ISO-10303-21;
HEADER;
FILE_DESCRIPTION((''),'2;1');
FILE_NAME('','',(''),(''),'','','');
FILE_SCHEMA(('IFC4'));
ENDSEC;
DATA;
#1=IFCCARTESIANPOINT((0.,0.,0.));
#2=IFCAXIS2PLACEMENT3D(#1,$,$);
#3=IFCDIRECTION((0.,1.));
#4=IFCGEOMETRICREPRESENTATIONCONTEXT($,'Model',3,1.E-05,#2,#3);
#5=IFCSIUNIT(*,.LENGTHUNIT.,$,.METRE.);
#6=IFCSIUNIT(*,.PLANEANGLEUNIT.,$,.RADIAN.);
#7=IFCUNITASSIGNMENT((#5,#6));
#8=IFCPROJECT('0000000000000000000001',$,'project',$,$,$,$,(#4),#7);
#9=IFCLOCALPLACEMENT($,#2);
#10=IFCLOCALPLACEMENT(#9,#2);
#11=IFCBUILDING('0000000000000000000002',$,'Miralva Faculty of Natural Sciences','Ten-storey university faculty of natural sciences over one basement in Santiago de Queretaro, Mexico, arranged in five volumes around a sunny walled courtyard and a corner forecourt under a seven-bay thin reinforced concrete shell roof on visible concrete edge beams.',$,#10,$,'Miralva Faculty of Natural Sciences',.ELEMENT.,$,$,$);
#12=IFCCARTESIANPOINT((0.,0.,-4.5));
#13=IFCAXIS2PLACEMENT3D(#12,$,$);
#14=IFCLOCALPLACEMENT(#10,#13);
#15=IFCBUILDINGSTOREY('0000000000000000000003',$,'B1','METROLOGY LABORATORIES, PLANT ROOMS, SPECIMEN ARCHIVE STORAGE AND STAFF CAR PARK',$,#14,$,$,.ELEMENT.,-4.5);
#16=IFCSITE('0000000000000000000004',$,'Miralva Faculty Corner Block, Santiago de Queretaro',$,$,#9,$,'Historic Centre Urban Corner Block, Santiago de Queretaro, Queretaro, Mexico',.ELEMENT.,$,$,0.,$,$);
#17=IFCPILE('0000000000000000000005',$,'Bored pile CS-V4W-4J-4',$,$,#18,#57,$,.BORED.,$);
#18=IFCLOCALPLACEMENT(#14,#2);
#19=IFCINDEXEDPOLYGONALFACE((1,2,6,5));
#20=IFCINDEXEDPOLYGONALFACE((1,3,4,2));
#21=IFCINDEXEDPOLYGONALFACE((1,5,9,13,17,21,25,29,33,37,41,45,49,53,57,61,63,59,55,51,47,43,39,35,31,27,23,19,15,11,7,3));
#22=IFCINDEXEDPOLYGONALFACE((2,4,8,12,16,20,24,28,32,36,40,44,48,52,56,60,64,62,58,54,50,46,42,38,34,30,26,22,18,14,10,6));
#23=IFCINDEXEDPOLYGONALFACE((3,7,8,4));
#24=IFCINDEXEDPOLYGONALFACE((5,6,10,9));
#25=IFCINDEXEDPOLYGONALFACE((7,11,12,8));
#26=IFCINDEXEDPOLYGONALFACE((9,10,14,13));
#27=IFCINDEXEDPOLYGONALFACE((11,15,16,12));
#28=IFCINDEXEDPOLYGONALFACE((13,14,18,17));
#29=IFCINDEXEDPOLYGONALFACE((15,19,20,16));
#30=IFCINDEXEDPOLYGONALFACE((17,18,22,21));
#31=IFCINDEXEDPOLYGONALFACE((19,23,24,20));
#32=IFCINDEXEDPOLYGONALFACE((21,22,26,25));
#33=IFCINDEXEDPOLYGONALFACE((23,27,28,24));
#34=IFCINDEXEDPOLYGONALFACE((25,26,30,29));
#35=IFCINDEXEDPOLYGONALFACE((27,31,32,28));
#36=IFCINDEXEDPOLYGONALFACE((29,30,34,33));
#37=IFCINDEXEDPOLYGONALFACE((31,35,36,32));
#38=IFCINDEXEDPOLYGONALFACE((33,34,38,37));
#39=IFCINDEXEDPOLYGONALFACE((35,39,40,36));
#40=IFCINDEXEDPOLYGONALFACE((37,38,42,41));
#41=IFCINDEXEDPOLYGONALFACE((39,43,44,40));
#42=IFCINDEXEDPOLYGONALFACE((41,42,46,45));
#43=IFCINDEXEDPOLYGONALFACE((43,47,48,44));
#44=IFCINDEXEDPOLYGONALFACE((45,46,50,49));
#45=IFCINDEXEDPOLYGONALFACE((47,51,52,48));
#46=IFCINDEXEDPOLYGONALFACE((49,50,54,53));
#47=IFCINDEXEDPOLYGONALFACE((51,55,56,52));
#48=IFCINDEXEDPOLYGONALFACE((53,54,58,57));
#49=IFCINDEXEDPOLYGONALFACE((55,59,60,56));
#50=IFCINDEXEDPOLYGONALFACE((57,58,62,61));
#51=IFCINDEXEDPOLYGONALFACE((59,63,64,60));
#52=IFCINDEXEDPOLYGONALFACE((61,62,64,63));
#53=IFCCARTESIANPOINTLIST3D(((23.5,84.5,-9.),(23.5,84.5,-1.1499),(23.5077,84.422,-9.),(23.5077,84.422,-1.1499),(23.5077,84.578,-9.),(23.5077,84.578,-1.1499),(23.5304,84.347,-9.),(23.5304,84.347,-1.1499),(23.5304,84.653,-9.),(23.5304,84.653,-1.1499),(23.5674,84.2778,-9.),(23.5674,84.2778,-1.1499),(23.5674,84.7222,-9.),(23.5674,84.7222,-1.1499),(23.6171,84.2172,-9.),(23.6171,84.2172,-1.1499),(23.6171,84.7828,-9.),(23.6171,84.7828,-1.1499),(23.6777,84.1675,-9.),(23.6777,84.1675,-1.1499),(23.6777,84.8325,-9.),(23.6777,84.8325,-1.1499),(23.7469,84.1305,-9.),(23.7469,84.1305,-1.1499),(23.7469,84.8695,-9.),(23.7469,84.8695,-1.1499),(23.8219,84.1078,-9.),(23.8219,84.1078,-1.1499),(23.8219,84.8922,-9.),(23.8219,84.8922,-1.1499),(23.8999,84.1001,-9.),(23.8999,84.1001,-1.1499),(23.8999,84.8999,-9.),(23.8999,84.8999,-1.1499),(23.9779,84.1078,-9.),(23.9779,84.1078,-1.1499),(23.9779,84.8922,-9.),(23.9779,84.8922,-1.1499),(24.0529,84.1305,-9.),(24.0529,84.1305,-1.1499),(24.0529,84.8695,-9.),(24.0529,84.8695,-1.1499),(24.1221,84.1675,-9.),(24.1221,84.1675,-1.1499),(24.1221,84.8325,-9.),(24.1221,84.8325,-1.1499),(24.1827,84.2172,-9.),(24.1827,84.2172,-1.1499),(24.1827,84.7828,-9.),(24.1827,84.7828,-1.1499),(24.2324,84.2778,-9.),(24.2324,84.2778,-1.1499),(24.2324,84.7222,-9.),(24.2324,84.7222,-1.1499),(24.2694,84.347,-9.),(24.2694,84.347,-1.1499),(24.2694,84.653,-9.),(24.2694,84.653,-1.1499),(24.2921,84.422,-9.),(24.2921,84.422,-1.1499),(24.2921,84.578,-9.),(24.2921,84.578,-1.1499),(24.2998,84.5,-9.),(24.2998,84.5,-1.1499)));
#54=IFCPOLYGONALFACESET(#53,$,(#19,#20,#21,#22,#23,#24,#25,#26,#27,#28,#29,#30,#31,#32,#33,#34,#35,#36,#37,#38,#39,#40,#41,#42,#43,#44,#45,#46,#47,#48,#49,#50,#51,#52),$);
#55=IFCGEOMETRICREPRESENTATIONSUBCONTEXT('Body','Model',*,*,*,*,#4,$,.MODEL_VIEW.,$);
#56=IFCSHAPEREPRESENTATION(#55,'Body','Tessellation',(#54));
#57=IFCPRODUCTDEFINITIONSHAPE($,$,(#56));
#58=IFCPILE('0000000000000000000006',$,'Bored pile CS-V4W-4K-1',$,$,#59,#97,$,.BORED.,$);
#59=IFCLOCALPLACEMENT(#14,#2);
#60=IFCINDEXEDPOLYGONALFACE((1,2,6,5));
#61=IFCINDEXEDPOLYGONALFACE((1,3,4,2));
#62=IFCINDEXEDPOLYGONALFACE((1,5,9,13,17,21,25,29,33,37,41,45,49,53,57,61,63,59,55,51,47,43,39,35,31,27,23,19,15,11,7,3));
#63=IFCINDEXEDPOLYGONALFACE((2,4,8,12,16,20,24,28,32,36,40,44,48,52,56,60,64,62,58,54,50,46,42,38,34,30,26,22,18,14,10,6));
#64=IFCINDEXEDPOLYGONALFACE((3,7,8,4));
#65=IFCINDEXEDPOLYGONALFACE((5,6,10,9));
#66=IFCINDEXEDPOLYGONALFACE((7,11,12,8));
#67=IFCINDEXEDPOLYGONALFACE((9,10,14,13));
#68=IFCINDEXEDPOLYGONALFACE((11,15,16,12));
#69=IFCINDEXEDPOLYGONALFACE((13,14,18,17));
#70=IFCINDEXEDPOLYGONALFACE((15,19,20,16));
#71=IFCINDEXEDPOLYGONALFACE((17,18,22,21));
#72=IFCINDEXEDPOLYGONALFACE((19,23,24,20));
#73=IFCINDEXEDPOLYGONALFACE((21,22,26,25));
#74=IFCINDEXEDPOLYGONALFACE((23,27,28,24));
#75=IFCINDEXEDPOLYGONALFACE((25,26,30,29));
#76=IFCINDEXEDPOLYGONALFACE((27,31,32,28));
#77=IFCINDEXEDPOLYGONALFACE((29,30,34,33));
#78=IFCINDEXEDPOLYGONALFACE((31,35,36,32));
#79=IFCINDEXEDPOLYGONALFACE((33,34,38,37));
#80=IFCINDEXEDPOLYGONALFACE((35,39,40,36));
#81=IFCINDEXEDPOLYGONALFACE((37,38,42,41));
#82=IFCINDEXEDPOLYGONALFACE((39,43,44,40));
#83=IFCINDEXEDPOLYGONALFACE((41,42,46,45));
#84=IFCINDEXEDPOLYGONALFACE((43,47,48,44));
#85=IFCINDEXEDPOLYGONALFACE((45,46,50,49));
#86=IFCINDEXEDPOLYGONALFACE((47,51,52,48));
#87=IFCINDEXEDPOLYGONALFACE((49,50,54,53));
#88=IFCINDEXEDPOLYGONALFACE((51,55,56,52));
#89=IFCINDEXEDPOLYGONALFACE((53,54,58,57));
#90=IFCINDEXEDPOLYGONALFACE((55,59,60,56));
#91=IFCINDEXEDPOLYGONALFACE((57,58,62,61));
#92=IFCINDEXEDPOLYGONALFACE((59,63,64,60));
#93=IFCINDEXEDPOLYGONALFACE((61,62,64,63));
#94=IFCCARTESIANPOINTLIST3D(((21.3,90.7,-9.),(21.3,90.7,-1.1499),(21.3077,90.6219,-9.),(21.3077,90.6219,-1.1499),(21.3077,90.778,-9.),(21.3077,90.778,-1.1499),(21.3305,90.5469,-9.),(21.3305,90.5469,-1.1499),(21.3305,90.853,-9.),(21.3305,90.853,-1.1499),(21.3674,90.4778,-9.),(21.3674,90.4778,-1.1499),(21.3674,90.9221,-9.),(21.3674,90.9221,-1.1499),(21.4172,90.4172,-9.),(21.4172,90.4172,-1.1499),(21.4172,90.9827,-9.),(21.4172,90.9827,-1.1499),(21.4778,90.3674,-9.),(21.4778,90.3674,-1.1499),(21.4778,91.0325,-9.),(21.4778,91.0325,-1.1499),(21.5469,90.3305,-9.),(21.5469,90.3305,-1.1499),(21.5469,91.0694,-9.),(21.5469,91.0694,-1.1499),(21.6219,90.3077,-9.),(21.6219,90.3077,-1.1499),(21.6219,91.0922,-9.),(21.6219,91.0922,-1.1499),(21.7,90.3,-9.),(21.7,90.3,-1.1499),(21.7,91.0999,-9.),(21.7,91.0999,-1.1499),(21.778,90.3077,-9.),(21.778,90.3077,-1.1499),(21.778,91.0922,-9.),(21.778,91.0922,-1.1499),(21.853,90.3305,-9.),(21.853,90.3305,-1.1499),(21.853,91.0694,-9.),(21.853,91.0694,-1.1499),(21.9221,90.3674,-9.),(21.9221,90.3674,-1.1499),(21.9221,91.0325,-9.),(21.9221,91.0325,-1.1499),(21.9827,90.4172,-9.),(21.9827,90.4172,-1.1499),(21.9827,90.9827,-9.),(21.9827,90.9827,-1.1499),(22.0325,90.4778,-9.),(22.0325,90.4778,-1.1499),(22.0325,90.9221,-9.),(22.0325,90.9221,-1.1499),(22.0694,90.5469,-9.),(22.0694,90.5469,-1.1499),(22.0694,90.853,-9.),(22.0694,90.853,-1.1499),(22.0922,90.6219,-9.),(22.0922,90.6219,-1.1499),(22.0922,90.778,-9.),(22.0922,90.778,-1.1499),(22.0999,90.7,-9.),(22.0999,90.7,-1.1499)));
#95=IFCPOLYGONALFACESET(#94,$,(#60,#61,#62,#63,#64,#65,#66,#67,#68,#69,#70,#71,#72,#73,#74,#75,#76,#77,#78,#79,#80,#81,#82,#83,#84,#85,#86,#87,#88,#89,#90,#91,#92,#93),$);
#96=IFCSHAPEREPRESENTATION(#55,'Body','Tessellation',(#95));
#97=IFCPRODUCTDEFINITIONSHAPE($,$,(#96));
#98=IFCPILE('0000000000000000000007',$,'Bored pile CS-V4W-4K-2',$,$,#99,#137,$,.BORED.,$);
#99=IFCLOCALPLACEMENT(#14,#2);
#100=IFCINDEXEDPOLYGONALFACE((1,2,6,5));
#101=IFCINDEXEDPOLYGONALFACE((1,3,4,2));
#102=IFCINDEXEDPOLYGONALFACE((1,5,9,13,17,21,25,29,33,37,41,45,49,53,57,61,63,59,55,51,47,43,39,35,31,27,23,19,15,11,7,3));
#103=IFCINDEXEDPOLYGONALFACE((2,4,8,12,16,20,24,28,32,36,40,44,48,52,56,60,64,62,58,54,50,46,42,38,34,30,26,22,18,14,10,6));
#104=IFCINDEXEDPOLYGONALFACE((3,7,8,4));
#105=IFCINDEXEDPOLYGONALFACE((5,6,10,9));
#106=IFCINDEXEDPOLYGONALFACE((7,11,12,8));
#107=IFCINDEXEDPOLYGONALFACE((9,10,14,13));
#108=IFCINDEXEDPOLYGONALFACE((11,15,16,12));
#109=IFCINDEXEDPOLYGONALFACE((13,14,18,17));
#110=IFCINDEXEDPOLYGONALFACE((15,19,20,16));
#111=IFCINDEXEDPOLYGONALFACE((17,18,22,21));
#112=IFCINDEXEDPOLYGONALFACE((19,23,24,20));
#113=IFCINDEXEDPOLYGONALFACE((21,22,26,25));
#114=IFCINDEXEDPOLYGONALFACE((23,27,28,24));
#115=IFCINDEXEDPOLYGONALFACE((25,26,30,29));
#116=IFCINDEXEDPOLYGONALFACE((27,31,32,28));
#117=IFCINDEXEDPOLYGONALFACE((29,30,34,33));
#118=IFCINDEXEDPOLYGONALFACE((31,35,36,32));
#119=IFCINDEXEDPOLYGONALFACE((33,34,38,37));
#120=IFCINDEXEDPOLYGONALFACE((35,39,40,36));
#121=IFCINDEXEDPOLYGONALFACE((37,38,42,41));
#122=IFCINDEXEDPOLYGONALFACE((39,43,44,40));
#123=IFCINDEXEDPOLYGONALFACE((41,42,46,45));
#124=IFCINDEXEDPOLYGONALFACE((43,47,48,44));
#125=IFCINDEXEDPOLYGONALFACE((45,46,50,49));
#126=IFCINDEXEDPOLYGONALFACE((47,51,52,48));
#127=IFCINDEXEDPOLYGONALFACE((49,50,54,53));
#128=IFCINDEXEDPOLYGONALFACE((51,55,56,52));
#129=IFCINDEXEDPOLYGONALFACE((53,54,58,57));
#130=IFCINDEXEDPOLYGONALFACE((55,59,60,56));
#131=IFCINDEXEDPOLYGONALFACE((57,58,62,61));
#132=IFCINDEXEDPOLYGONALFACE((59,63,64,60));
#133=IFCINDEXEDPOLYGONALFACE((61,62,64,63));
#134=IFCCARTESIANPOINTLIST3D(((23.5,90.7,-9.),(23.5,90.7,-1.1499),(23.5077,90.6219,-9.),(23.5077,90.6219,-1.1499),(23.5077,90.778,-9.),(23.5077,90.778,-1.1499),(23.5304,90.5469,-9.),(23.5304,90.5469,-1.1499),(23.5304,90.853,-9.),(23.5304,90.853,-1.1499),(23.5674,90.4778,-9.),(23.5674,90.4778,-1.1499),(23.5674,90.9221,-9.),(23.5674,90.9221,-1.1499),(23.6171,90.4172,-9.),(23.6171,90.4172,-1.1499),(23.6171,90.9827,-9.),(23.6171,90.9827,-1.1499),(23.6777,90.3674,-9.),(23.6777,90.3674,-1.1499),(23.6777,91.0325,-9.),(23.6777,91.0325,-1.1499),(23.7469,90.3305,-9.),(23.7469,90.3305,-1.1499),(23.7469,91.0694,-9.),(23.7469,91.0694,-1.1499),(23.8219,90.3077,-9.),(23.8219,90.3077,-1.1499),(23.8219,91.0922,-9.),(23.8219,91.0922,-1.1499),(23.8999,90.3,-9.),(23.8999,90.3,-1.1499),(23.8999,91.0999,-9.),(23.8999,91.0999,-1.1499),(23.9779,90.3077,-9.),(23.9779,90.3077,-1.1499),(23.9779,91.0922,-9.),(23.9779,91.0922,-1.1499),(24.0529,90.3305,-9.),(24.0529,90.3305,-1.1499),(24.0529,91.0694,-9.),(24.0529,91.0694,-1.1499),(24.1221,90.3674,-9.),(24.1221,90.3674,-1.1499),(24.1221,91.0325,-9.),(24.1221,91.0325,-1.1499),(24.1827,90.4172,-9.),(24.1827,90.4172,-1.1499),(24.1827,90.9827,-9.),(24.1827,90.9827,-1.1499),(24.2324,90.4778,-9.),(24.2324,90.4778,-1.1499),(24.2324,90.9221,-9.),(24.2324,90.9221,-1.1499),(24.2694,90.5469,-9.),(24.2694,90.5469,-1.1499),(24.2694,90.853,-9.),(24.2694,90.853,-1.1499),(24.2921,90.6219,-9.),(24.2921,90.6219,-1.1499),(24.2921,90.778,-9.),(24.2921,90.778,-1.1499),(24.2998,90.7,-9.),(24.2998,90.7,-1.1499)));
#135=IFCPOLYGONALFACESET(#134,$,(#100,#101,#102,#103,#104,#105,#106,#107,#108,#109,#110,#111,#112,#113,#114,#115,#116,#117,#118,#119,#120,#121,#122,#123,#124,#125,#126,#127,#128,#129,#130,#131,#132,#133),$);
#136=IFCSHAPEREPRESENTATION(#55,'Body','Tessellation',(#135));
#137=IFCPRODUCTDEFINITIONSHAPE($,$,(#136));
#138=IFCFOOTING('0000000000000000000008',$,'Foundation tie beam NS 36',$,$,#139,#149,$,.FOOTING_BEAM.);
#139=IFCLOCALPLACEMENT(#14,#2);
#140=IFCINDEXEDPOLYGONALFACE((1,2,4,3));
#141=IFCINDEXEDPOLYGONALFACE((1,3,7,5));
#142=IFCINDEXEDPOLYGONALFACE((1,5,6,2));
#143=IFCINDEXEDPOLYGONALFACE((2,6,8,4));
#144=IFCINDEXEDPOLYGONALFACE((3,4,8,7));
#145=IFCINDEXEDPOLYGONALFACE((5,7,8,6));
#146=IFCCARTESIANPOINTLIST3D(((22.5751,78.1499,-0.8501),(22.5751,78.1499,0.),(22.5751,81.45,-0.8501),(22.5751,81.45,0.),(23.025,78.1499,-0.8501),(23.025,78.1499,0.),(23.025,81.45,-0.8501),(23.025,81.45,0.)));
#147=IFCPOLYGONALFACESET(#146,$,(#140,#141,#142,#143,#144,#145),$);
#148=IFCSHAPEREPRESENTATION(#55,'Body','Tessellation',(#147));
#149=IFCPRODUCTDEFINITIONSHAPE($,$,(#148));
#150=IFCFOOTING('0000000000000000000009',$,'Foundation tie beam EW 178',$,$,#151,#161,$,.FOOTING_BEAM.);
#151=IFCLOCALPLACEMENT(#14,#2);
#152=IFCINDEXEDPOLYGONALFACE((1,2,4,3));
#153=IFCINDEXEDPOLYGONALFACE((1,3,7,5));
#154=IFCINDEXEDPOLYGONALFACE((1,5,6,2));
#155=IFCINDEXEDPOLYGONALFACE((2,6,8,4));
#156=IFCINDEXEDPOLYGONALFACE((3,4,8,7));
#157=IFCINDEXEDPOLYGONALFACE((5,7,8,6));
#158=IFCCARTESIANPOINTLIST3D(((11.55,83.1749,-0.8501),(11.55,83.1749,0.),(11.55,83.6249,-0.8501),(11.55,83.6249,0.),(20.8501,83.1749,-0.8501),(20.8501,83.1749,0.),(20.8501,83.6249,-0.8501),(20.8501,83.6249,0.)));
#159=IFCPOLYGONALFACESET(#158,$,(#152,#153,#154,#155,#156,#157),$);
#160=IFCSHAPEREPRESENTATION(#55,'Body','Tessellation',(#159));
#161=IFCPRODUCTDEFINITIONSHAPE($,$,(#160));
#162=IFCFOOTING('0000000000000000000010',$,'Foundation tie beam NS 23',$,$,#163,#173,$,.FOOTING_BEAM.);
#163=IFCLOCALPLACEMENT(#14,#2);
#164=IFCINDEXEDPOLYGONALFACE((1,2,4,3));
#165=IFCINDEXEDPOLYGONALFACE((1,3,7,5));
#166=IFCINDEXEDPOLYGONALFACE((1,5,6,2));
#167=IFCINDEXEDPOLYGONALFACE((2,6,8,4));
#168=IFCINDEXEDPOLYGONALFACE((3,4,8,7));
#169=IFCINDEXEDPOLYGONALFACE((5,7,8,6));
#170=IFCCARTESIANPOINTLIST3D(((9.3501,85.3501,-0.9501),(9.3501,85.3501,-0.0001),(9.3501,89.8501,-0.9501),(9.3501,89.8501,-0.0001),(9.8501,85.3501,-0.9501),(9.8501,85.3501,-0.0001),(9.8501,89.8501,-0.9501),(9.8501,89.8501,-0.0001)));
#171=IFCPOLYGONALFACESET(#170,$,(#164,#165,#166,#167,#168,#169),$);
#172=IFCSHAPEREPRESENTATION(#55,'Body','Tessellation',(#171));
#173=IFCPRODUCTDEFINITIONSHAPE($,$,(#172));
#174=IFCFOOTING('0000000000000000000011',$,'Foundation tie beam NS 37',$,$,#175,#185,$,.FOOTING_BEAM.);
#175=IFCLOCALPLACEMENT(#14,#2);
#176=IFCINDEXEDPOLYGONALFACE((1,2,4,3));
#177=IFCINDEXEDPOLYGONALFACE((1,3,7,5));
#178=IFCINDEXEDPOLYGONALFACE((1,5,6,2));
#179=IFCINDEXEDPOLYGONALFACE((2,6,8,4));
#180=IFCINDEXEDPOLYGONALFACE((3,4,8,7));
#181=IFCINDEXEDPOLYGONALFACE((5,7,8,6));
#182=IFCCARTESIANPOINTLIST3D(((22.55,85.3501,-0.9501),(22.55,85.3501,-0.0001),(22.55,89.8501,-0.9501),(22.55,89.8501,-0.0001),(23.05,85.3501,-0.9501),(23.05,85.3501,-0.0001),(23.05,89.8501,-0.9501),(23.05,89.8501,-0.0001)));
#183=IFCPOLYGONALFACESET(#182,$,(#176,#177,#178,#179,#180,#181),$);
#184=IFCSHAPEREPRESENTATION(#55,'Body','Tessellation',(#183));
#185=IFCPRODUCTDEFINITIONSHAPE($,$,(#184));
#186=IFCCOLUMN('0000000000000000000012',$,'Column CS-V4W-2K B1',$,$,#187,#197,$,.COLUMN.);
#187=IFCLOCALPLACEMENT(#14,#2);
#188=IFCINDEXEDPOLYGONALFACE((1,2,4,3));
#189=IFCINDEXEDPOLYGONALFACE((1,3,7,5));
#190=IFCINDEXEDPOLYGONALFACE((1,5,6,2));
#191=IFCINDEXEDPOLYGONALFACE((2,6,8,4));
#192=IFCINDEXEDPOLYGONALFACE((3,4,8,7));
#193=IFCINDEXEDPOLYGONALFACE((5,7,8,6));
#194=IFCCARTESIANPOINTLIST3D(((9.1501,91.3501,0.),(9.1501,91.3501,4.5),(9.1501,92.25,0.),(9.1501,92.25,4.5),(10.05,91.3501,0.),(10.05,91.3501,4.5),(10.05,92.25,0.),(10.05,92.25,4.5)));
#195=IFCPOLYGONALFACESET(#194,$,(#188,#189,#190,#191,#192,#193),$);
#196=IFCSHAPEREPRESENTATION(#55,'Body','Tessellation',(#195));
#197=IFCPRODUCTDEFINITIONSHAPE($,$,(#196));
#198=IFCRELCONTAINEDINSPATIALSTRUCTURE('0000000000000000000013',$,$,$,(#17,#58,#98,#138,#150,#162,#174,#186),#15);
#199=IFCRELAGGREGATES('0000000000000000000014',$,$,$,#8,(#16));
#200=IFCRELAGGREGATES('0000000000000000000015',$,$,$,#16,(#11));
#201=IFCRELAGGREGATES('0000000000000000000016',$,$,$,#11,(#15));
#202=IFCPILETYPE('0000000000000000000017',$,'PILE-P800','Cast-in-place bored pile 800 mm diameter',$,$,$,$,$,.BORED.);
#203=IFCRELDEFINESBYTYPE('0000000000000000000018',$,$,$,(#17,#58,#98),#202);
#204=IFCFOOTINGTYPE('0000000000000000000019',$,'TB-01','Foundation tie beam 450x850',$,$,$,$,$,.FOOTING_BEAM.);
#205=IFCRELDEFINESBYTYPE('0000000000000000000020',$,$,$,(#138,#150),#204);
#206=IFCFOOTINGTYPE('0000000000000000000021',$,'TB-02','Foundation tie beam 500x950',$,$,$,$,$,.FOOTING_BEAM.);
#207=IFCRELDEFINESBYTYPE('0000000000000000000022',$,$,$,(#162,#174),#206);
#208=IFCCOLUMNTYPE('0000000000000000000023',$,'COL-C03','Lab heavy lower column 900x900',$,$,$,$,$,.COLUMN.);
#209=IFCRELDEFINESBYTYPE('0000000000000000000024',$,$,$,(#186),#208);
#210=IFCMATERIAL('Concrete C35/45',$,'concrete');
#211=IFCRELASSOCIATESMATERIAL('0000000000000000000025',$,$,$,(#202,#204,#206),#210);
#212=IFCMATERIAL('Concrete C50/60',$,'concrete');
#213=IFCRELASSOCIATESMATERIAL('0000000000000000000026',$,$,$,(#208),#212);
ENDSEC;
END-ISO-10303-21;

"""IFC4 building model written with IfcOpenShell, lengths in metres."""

from ifc_helpers import new_model, si_unit, direction, frame, origin, origin_2d, place, context, subcontext, project, spatial, rectangle, circle, extrude, material, material_profile, profile_set, type_object, element, save


model = new_model("IFC4")

# Units and contexts
model_context = context("Model", 3, precision=1e-05, world=origin(), true_north=direction((0.0, 1.0)))
body_context = subcontext(model_context, "Body", "Model", "MODEL_VIEW")
ifc_project = project(units=[si_unit("LENGTHUNIT", "METRE"), si_unit("PLANEANGLEUNIT", "RADIAN")], contexts=[model_context])

# Site, building, storey
site_placement = place(None, origin())
site = spatial("IfcSite", under=ifc_project, at=site_placement, Name="Miralva Faculty Corner Block, Santiago de Queretaro", LongName="Historic Centre Urban Corner Block, Santiago de Queretaro, Queretaro, Mexico", CompositionType="ELEMENT", RefElevation=0.0)
building_placement = place(site_placement, origin())
building = spatial("IfcBuilding", under=site, at=building_placement, Name="Miralva Faculty of Natural Sciences", Description="Ten-storey university faculty of natural sciences over one basement in Santiago de Queretaro, Mexico, arranged in five volumes around a sunny walled courtyard and a corner forecourt under a seven-bay thin reinforced concrete shell roof on visible concrete edge beams.", LongName="Miralva Faculty of Natural Sciences", CompositionType="ELEMENT")
storey_placement = place(building_placement, frame((0.0, 0.0, -4.5)))
storey = spatial("IfcBuildingStorey", under=building, at=storey_placement, Name="B1", Description="METROLOGY LABORATORIES, PLANT ROOMS, SPECIMEN ARCHIVE STORAGE AND STAFF CAR PARK", CompositionType="ELEMENT", Elevation=-4.5)

# Shared definitions
ifc_material_1 = material(Name="Concrete C35/45", Category="concrete")

# Piles
ifc_material_profile_1 = material_profile(ifc_material_1, circle(Radius=0.3999, at=origin_2d()), Name="BORED PILE 800")
ifc_profile_set_1 = profile_set([ifc_material_profile_1], Name="Concrete C35/45")
pile_type = type_object("IfcPileType", Name="PILE-P800", Description="Cast-in-place bored pile 800 mm diameter", PredefinedType="BORED", material=ifc_profile_set_1)
for number, where, z_axis, x_axis, name in (
    (1, (23.8999, 84.5, -1.1499), (0.0, 0.0, -1.0), (1.0, 0.0, 0.0), "Bored pile CS-V4W-4J-4"),
    (2, (21.7, 90.7, -1.1499), (0.0, 0.0, -1.0), (1.0, 0.0, 0.0), "Bored pile CS-V4W-4K-1"),
    (3, (23.8999, 90.7, -1.1499), (0.0, 0.0, -1.0), (1.0, 0.0, 0.0), "Bored pile CS-V4W-4K-2"),
):
    element("IfcPile", number, at=place(storey_placement, frame(where, z_axis=z_axis, x_axis=x_axis)), inside=storey, type_object=pile_type, Name=name, PredefinedType="BORED", context=body_context, shape_type="SweptSolid", body=[
        extrude(circle(Radius=0.3999, at=origin_2d()), origin(), (0.0, 0.0, 1.0), 7.8501),
    ])

# Footings
ifc_material_profile_2 = material_profile(ifc_material_1, rectangle(XDim=0.45, YDim=0.8501, at=origin_2d()), Name="RC 450x850")
ifc_profile_set_2 = profile_set([ifc_material_profile_2], Name="Concrete C35/45")
footing_type_1 = type_object("IfcFootingType", Name="TB-01", Description="Foundation tie beam 450x850", PredefinedType="FOOTING_BEAM", material=ifc_profile_set_2)
footing_1_placement = place(storey_placement, frame((22.8, 78.1499, -0.425), z_axis=(0.0, 1.0, 0.0), x_axis=(-1.0, 0.0, 0.0)))
element("IfcFooting", 4, at=footing_1_placement, inside=storey, type_object=footing_type_1, Name="Foundation tie beam NS 36", PredefinedType="FOOTING_BEAM", context=body_context, shape_type="SweptSolid", body=[
    extrude(rectangle(XDim=0.45, YDim=0.8501, at=origin_2d()), origin(), (0.0, 0.0, 1.0), 3.3),
])
footing_2_placement = place(storey_placement, frame((11.55, 83.3999, -0.425), z_axis=(1.0, 0.0, 0.0), x_axis=(0.0, 1.0, 0.0)))
element("IfcFooting", 5, at=footing_2_placement, inside=storey, type_object=footing_type_1, Name="Foundation tie beam EW 178", PredefinedType="FOOTING_BEAM", context=body_context, shape_type="SweptSolid", body=[
    extrude(rectangle(XDim=0.45, YDim=0.8501, at=origin_2d()), origin(), (0.0, 0.0, 1.0), 9.3),
])
ifc_material_profile_3 = material_profile(ifc_material_1, rectangle(XDim=0.5, YDim=0.95, at=origin_2d()), Name="RC 500x950")
ifc_profile_set_3 = profile_set([ifc_material_profile_3], Name="Concrete C35/45")
footing_type_2 = type_object("IfcFootingType", Name="TB-02", Description="Foundation tie beam 500x950", PredefinedType="FOOTING_BEAM", material=ifc_profile_set_3)
for number, where, z_axis, x_axis, name in (
    (6, (9.6001, 85.3501, -0.4751), (0.0, 1.0, 0.0), (-1.0, 0.0, 0.0), "Foundation tie beam NS 23"),
    (7, (22.8, 85.3501, -0.4751), (0.0, 1.0, 0.0), (-1.0, 0.0, 0.0), "Foundation tie beam NS 37"),
):
    element("IfcFooting", number, at=place(storey_placement, frame(where, z_axis=z_axis, x_axis=x_axis)), inside=storey, type_object=footing_type_2, Name=name, PredefinedType="FOOTING_BEAM", context=body_context, shape_type="SweptSolid", body=[
        extrude(rectangle(XDim=0.5, YDim=0.95, at=origin_2d()), origin(), (0.0, 0.0, 1.0), 4.5),
    ])

# Column
ifc_material_2 = material(Name="Concrete C50/60", Category="concrete")
ifc_material_profile_4 = material_profile(ifc_material_2, rectangle(XDim=0.8999, YDim=0.8999, at=origin_2d()), Name="RC 900x900")
ifc_profile_set_4 = profile_set([ifc_material_profile_4], Name="Concrete C50/60")
column_type = type_object("IfcColumnType", Name="COL-C03", Description="Lab heavy lower column 900x900", PredefinedType="COLUMN", material=ifc_profile_set_4)
for number, where, z_axis, x_axis, name in (
    (8, (9.6001, 91.8, 0.0), (0.0, 0.0, 1.0), (1.0, 0.0, 0.0), "Column CS-V4W-2K B1"),
):
    element("IfcColumn", number, at=place(storey_placement, frame(where, z_axis=z_axis, x_axis=x_axis)), inside=storey, type_object=column_type, Name=name, PredefinedType="COLUMN", context=body_context, shape_type="SweptSolid", body=[
        extrude(rectangle(XDim=0.8999, YDim=0.8999, at=origin_2d()), origin(), (0.0, 0.0, 1.0), 4.5),
    ])

save(model, "model.ifc")
